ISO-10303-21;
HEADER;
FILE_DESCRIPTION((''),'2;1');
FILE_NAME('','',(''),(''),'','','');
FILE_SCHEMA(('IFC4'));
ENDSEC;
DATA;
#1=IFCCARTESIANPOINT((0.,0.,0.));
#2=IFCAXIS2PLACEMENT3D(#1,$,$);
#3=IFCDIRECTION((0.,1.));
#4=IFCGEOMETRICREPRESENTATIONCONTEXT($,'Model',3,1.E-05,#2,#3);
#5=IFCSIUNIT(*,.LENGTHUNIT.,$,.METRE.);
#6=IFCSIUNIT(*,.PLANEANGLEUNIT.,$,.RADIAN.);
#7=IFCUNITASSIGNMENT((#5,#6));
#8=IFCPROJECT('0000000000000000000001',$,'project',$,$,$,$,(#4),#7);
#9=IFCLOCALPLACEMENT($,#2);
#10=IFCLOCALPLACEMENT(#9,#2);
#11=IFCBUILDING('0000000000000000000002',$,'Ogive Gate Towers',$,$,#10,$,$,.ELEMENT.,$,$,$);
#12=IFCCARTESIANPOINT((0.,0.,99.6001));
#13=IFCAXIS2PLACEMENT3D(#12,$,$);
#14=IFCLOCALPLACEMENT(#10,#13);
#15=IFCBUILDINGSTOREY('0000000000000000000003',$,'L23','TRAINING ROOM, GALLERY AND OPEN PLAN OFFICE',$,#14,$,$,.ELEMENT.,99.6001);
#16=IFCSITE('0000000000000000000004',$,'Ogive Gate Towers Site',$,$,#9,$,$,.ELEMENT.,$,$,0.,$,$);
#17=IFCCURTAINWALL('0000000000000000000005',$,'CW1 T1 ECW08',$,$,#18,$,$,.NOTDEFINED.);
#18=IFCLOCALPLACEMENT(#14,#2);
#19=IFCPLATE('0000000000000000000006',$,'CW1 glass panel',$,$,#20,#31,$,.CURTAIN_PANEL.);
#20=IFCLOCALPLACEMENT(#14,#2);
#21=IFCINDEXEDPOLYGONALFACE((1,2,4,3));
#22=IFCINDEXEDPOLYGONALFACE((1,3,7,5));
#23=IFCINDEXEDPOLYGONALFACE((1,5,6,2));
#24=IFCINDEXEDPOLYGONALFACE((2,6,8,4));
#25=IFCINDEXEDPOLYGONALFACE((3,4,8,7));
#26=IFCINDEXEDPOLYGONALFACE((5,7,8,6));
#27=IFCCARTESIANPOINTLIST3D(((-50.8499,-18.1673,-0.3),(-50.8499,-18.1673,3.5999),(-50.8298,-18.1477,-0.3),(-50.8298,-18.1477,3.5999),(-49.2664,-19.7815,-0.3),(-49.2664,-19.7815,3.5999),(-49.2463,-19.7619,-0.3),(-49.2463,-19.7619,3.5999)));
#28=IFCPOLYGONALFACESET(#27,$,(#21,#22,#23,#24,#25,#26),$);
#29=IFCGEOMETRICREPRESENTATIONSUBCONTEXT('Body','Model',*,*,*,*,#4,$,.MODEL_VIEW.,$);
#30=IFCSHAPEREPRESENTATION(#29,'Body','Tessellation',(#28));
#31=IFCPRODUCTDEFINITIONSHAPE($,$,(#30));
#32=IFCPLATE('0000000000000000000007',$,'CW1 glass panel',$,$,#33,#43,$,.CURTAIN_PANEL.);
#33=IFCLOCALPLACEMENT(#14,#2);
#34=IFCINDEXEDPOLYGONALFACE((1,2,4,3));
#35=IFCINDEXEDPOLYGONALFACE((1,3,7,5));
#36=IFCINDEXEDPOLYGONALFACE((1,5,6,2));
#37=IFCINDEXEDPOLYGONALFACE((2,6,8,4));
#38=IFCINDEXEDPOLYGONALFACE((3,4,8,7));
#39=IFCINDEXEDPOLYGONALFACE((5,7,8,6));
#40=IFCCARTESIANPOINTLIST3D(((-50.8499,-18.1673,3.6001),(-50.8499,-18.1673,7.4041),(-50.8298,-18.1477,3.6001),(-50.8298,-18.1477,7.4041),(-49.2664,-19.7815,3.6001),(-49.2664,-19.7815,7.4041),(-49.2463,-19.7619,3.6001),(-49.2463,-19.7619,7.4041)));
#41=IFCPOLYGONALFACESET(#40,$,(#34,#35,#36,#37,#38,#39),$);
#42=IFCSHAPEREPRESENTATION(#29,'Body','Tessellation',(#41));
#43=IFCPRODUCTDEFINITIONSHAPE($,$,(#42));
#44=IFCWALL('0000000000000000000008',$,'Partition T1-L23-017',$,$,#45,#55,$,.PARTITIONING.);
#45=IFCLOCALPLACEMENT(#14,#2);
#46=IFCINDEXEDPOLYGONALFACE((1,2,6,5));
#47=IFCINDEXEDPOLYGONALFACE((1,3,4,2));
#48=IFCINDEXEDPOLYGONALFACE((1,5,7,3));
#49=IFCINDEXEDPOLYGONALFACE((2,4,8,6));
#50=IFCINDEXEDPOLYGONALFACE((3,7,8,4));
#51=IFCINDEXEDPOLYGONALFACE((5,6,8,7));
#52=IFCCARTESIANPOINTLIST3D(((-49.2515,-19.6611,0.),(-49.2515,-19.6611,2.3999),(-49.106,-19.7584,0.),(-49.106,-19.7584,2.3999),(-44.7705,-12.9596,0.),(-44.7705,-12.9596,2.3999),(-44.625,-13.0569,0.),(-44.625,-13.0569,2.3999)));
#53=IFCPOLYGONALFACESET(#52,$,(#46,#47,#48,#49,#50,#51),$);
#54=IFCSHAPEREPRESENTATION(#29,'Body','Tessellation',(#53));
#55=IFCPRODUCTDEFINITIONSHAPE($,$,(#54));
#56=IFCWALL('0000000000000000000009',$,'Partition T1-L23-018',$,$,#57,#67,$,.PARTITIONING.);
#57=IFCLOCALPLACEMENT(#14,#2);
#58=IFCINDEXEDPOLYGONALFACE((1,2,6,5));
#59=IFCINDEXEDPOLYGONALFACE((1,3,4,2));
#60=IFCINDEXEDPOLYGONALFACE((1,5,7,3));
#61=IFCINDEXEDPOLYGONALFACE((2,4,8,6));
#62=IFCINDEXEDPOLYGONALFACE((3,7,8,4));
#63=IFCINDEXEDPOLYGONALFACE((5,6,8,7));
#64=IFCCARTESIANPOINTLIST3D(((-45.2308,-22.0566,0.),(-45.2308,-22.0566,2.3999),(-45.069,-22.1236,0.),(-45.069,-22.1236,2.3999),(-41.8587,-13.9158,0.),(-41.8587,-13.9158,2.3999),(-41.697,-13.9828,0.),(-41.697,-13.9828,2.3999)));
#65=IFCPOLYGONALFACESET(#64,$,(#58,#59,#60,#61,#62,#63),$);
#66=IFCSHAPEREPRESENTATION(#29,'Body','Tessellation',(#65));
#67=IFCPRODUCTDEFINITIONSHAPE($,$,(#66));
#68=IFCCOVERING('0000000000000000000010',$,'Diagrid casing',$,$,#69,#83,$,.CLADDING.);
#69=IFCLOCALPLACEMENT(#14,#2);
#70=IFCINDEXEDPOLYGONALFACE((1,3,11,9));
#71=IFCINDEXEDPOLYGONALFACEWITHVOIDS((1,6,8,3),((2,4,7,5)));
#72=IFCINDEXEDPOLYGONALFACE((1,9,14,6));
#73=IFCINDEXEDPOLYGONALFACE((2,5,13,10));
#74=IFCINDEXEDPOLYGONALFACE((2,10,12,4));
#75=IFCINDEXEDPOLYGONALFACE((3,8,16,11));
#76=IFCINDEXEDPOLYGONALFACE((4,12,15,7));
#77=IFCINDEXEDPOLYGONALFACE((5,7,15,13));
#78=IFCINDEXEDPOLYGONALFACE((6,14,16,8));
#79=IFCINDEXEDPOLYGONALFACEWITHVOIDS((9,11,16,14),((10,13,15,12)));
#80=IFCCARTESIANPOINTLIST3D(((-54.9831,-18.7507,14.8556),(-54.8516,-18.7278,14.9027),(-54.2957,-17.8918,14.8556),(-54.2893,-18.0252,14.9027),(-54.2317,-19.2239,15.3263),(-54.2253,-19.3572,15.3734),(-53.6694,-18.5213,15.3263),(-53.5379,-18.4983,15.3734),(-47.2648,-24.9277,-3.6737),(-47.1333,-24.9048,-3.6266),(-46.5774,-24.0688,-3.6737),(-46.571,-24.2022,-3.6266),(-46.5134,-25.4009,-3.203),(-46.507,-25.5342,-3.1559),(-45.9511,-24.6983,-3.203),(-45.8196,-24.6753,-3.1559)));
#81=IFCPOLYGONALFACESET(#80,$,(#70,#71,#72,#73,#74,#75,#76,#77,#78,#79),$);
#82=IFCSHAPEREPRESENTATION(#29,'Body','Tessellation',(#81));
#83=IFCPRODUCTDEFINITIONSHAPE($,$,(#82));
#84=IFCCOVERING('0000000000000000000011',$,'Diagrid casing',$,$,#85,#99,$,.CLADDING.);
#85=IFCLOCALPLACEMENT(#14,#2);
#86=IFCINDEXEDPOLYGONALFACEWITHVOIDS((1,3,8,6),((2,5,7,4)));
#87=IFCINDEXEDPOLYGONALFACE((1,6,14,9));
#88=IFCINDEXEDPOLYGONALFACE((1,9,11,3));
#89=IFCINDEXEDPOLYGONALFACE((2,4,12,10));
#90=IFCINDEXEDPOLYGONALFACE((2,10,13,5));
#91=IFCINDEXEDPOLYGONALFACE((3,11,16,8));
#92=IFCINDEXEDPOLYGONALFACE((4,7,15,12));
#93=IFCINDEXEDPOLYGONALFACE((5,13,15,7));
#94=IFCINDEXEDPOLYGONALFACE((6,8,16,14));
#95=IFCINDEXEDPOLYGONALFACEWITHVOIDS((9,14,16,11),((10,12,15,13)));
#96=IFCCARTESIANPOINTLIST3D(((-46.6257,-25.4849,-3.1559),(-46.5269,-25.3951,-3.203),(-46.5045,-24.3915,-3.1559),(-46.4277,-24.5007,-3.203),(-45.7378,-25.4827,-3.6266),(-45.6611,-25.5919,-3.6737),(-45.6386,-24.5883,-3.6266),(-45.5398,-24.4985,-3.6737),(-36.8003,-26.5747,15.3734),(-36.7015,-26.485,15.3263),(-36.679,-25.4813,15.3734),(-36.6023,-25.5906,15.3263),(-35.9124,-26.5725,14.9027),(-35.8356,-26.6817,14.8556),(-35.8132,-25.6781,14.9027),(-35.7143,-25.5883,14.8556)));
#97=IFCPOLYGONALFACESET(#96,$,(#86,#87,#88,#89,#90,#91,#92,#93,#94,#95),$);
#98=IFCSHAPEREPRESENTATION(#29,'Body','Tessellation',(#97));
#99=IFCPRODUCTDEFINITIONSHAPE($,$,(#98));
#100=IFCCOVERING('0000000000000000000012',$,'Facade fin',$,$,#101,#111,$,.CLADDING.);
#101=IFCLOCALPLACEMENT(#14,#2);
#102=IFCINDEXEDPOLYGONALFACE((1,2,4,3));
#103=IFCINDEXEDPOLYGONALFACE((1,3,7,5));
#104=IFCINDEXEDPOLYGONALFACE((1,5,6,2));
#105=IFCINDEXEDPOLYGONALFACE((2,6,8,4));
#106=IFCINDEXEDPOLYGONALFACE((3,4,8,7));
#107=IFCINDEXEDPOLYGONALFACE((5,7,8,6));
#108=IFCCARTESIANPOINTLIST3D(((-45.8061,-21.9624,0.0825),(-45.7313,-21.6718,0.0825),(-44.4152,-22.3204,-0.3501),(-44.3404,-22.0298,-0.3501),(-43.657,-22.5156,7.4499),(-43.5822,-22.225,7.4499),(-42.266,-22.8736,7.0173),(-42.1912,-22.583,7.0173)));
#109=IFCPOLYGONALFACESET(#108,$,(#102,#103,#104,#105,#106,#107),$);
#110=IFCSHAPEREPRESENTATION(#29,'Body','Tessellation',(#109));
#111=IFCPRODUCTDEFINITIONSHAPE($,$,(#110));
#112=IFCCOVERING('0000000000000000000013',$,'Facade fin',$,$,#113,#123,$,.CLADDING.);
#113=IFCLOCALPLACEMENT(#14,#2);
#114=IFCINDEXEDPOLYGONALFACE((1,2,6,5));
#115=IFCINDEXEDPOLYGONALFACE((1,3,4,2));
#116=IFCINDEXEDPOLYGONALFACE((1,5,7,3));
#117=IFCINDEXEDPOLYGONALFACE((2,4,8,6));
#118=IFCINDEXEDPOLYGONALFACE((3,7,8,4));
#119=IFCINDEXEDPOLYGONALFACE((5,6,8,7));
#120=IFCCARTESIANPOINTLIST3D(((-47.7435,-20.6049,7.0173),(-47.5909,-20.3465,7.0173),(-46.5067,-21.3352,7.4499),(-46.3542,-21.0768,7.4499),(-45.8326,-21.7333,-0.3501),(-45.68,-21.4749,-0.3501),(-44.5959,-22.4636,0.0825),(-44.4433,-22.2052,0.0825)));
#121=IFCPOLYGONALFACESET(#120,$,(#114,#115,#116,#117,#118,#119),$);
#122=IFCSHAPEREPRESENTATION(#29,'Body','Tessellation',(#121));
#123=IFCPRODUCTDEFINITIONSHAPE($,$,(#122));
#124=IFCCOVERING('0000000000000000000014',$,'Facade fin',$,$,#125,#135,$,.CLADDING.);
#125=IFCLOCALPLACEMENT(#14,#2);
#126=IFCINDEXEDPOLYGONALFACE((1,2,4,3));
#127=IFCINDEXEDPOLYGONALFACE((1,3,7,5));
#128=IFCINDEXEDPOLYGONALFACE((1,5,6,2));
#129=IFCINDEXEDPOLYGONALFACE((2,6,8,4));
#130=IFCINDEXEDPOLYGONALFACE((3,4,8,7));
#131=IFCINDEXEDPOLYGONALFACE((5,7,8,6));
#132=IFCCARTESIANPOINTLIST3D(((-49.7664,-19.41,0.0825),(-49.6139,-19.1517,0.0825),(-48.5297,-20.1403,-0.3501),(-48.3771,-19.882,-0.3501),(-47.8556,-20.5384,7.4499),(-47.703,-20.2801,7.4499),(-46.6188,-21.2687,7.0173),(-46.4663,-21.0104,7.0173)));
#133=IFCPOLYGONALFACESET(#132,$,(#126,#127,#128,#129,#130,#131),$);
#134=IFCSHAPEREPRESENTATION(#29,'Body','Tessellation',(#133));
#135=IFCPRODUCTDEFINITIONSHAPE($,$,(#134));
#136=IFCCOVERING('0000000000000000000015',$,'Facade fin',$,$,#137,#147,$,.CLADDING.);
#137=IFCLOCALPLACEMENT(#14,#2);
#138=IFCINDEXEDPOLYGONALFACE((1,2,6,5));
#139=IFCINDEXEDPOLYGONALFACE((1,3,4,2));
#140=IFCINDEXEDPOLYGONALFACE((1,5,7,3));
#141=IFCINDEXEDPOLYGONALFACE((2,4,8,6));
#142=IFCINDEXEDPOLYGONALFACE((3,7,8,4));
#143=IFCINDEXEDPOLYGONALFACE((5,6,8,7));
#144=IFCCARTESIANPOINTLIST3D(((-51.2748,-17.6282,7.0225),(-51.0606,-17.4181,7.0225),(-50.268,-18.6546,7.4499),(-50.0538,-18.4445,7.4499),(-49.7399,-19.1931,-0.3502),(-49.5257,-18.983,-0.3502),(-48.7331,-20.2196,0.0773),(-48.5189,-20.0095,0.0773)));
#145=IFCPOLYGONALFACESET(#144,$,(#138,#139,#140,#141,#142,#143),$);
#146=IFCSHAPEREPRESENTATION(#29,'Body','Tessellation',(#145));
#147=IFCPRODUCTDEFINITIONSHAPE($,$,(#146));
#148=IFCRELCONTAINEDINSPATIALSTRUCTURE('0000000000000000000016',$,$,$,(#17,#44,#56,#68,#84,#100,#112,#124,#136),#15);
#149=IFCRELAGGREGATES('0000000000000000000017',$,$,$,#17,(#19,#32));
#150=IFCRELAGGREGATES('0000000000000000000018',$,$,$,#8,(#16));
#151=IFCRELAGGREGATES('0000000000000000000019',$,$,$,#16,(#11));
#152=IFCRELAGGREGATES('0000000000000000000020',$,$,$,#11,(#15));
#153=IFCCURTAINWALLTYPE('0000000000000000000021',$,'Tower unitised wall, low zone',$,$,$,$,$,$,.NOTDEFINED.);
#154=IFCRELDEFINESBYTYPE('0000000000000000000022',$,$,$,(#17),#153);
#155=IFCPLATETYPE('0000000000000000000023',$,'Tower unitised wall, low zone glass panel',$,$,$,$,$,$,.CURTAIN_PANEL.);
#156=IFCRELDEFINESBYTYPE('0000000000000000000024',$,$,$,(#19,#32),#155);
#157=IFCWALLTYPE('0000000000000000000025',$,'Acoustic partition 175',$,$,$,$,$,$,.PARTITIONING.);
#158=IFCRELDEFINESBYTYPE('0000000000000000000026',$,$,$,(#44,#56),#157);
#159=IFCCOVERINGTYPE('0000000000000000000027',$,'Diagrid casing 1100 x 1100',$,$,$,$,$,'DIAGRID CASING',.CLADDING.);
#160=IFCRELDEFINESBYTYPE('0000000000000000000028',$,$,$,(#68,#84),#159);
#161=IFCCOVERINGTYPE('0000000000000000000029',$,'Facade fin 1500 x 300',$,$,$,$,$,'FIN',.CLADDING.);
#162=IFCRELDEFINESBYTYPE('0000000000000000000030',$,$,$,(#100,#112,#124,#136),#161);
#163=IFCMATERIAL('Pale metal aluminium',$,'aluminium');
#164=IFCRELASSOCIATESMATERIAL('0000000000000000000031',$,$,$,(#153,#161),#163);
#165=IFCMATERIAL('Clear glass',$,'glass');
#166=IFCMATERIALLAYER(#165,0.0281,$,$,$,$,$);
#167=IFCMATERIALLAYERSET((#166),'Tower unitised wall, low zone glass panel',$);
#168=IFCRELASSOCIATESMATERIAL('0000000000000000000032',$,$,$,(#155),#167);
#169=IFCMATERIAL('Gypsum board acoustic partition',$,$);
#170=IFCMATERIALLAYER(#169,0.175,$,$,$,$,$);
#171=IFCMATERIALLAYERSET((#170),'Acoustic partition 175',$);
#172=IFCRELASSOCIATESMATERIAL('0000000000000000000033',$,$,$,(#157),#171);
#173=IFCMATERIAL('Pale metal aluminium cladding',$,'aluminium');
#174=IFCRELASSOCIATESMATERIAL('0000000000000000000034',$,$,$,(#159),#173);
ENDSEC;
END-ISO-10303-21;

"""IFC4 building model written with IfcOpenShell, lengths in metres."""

from ifc_helpers import new_model, si_unit, direction, frame, frame_2d, origin, origin_2d, place, context, subcontext, project, spatial, rectangle, hollow_rectangle, extrude, material, layer, layer_set, material_profile, profile_set, type_object, element, aggregate, save


model = new_model("IFC4")

# Units and contexts
model_context = context("Model", 3, precision=1e-05, world=origin(), true_north=direction((0.0, 1.0)))
body_context = subcontext(model_context, "Body", "Model", "MODEL_VIEW")
ifc_project = project(units=[si_unit("LENGTHUNIT", "METRE"), si_unit("PLANEANGLEUNIT", "RADIAN")], contexts=[model_context])

# Site, building, storey
site_placement = place(None, origin())
site = spatial("IfcSite", under=ifc_project, at=site_placement, Name="Ogive Gate Towers Site", CompositionType="ELEMENT", RefElevation=0.0)
building_placement = place(site_placement, origin())
building = spatial("IfcBuilding", under=site, at=building_placement, Name="Ogive Gate Towers", CompositionType="ELEMENT")
storey_placement = place(building_placement, frame((0.0, 0.0, 99.6001)))
storey = spatial("IfcBuildingStorey", under=building, at=storey_placement, Name="L23", Description="TRAINING ROOM, GALLERY AND OPEN PLAN OFFICE", CompositionType="ELEMENT", Elevation=99.6001)

# Curtain wall, plates
ifc_material_1 = material(Name="Pale metal aluminium", Category="aluminium")
curtain_wall_type = type_object("IfcCurtainWallType", Name="Tower unitised wall, low zone", PredefinedType="NOTDEFINED", material=ifc_material_1)
curtain_wall_placement = place(storey_placement, origin())
curtain_wall = element("IfcCurtainWall", 1, at=curtain_wall_placement, inside=storey, type_object=curtain_wall_type, Name="CW1 T1 ECW08", PredefinedType="NOTDEFINED")
ifc_material_2 = material(Name="Clear glass", Category="glass")
ifc_layer_1 = layer(ifc_material_2, 0.0281)
ifc_layer_set_1 = layer_set([ifc_layer_1], Name="Tower unitised wall, low zone glass panel")
plate_type = type_object("IfcPlateType", Name="Tower unitised wall, low zone glass panel", PredefinedType="CURTAIN_PANEL", material=ifc_layer_set_1)
plate_1_placement = place(storey_placement, frame((-50.0481, -18.9646, -0.3), z_axis=(0.0, 0.0, 1.0), x_axis=(-0.700287, 0.713862, 0.0)))
plate_1 = element("IfcPlate", 2, at=plate_1_placement, type_object=plate_type, Name="CW1 glass panel", PredefinedType="CURTAIN_PANEL", context=body_context, shape_type="SweptSolid", body=[
    extrude(rectangle(XDim=2.2612, YDim=0.0281, at=origin_2d()), origin(), (0.0, 0.0, 1.0), 3.8999),
])
plate_2_placement = place(storey_placement, frame((-50.0481, -18.9646, 3.6001), z_axis=(0.0, 0.0, 1.0), x_axis=(-0.700287, 0.713862, 0.0)))
plate_2 = element("IfcPlate", 3, at=plate_2_placement, type_object=plate_type, Name="CW1 glass panel", PredefinedType="CURTAIN_PANEL", context=body_context, shape_type="SweptSolid", body=[
    extrude(rectangle(XDim=2.2612, YDim=0.0281, at=origin_2d()), origin(), (0.0, 0.0, 1.0), 3.804),
])
aggregate(curtain_wall, [plate_1, plate_2])

# Walls
ifc_material_3 = material(Name="Gypsum board acoustic partition")
ifc_layer_2 = layer(ifc_material_3, 0.175)
ifc_layer_set_2 = layer_set([ifc_layer_2], Name="Acoustic partition 175")
wall_type = type_object("IfcWallType", Name="Acoustic partition 175", PredefinedType="PARTITIONING", material=ifc_layer_set_2)
wall_1_placement = place(storey_placement, frame((-49.1787, -19.7097, 0.0), z_axis=(0.0, 0.0, 1.0), x_axis=(0.555846, 0.831285, 0.0)))
element("IfcWall", 4, at=wall_1_placement, inside=storey, type_object=wall_type, Name="Partition T1-L23-017", PredefinedType="PARTITIONING", context=body_context, shape_type="SweptSolid", body=[
    extrude(rectangle(XDim=8.0615, YDim=0.175, at=frame_2d((4.0308, 0.0))), origin(), (0.0, 0.0, 1.0), 2.3999),
])
wall_2_placement = place(storey_placement, frame((-45.1499, -22.0901, 0.0), z_axis=(0.0, 0.0, 1.0), x_axis=(0.382685, 0.923879, 0.0)))
element("IfcWall", 5, at=wall_2_placement, inside=storey, type_object=wall_type, Name="Partition T1-L23-018", PredefinedType="PARTITIONING", context=body_context, shape_type="SweptSolid", body=[
    extrude(rectangle(XDim=8.8115, YDim=0.175, at=frame_2d((4.4058, 0.0))), origin(), (0.0, 0.0, 1.0), 2.3999),
])

# Coverings
ifc_material_4 = material(Name="Pale metal aluminium cladding", Category="aluminium")
ifc_material_profile_1 = material_profile(ifc_material_4, hollow_rectangle(XDim=1.1001, YDim=1.1001, WallThickness=0.1001, at=origin_2d()), Name="1100 x 1100 pale metal casing")
ifc_profile_set_1 = profile_set([ifc_material_profile_1], Name="Pale metal aluminium cladding")
covering_type_1 = type_object("IfcCoveringType", Name="Diagrid casing 1100 x 1100", ElementType="DIAGRID CASING", PredefinedType="CLADDING", material=ifc_profile_set_1)
for number, where, z_axis, x_axis, name in (
    (6, (-46.5422, -24.8015, -3.4148), (-0.367511, 0.294122, 0.882286), (-0.624843, -0.780751, 0.0), "Diagrid casing"),
    (7, (-46.0828, -24.9917, -3.4148), (0.467845, -0.051894, 0.882286), (0.110244, 0.993904, 0.0), "Diagrid casing"),
):
    element("IfcCovering", number, at=place(storey_placement, frame(where, z_axis=z_axis, x_axis=x_axis)), inside=storey, type_object=covering_type_1, Name=name, PredefinedType="CLADDING", context=body_context, shape_type="SweptSolid", body=[
        extrude(hollow_rectangle(XDim=1.1001, YDim=1.1001, WallThickness=0.1001, at=origin_2d()), origin(), (0.0, 0.0, 1.0), 21.0015),
    ])
ifc_material_profile_2 = material_profile(ifc_material_1, rectangle(XDim=0.3, YDim=1.5, at=origin_2d()), Name="1500 x 300 pale metal aluminium")
ifc_profile_set_2 = profile_set([ifc_material_profile_2], Name="Pale metal aluminium")
covering_type_2 = type_object("IfcCoveringType", Name="Facade fin 1500 x 300", ElementType="FIN", PredefinedType="CLADDING", material=ifc_profile_set_2)
for number, where, z_axis, x_axis, name in (
    (8, (-45.0732, -21.9961, -0.1338), (0.279316, -0.071899, 0.957504), (0.249286, 0.96843, 0.0), "Facade fin"),
    (9, (-45.1379, -21.9692, -0.1338), (-0.248348, 0.146654, 0.957505), (-0.508481, -0.861073, 0.0), "Facade fin"),
    (10, (-49.0718, -19.646, -0.1338), (0.248348, -0.146654, 0.957505), (0.508481, 0.861073, 0.0), "Facade fin"),
):
    element("IfcCovering", number, at=place(storey_placement, frame(where, z_axis=z_axis, x_axis=x_axis)), inside=storey, type_object=covering_type_2, Name=name, PredefinedType="CLADDING", context=body_context, shape_type="SweptSolid", body=[
        extrude(rectangle(XDim=0.3, YDim=1.5, at=origin_2d()), origin(), (0.0, 0.0, 1.0), 7.6943),
    ])
covering_placement = place(storey_placement, frame((-49.1294, -19.6013, -0.1365), z_axis=(-0.199559, 0.203463, 0.95853), x_axis=(-0.713923, -0.700224, 0.0)))
element("IfcCovering", 11, at=covering_placement, inside=storey, type_object=covering_type_2, Name="Facade fin", PredefinedType="CLADDING", context=body_context, shape_type="SweptSolid", body=[
    extrude(rectangle(XDim=0.3, YDim=1.5, at=origin_2d()), origin(), (0.0, 0.0, 1.0), 7.6917),
])

save(model, "model.ifc")
